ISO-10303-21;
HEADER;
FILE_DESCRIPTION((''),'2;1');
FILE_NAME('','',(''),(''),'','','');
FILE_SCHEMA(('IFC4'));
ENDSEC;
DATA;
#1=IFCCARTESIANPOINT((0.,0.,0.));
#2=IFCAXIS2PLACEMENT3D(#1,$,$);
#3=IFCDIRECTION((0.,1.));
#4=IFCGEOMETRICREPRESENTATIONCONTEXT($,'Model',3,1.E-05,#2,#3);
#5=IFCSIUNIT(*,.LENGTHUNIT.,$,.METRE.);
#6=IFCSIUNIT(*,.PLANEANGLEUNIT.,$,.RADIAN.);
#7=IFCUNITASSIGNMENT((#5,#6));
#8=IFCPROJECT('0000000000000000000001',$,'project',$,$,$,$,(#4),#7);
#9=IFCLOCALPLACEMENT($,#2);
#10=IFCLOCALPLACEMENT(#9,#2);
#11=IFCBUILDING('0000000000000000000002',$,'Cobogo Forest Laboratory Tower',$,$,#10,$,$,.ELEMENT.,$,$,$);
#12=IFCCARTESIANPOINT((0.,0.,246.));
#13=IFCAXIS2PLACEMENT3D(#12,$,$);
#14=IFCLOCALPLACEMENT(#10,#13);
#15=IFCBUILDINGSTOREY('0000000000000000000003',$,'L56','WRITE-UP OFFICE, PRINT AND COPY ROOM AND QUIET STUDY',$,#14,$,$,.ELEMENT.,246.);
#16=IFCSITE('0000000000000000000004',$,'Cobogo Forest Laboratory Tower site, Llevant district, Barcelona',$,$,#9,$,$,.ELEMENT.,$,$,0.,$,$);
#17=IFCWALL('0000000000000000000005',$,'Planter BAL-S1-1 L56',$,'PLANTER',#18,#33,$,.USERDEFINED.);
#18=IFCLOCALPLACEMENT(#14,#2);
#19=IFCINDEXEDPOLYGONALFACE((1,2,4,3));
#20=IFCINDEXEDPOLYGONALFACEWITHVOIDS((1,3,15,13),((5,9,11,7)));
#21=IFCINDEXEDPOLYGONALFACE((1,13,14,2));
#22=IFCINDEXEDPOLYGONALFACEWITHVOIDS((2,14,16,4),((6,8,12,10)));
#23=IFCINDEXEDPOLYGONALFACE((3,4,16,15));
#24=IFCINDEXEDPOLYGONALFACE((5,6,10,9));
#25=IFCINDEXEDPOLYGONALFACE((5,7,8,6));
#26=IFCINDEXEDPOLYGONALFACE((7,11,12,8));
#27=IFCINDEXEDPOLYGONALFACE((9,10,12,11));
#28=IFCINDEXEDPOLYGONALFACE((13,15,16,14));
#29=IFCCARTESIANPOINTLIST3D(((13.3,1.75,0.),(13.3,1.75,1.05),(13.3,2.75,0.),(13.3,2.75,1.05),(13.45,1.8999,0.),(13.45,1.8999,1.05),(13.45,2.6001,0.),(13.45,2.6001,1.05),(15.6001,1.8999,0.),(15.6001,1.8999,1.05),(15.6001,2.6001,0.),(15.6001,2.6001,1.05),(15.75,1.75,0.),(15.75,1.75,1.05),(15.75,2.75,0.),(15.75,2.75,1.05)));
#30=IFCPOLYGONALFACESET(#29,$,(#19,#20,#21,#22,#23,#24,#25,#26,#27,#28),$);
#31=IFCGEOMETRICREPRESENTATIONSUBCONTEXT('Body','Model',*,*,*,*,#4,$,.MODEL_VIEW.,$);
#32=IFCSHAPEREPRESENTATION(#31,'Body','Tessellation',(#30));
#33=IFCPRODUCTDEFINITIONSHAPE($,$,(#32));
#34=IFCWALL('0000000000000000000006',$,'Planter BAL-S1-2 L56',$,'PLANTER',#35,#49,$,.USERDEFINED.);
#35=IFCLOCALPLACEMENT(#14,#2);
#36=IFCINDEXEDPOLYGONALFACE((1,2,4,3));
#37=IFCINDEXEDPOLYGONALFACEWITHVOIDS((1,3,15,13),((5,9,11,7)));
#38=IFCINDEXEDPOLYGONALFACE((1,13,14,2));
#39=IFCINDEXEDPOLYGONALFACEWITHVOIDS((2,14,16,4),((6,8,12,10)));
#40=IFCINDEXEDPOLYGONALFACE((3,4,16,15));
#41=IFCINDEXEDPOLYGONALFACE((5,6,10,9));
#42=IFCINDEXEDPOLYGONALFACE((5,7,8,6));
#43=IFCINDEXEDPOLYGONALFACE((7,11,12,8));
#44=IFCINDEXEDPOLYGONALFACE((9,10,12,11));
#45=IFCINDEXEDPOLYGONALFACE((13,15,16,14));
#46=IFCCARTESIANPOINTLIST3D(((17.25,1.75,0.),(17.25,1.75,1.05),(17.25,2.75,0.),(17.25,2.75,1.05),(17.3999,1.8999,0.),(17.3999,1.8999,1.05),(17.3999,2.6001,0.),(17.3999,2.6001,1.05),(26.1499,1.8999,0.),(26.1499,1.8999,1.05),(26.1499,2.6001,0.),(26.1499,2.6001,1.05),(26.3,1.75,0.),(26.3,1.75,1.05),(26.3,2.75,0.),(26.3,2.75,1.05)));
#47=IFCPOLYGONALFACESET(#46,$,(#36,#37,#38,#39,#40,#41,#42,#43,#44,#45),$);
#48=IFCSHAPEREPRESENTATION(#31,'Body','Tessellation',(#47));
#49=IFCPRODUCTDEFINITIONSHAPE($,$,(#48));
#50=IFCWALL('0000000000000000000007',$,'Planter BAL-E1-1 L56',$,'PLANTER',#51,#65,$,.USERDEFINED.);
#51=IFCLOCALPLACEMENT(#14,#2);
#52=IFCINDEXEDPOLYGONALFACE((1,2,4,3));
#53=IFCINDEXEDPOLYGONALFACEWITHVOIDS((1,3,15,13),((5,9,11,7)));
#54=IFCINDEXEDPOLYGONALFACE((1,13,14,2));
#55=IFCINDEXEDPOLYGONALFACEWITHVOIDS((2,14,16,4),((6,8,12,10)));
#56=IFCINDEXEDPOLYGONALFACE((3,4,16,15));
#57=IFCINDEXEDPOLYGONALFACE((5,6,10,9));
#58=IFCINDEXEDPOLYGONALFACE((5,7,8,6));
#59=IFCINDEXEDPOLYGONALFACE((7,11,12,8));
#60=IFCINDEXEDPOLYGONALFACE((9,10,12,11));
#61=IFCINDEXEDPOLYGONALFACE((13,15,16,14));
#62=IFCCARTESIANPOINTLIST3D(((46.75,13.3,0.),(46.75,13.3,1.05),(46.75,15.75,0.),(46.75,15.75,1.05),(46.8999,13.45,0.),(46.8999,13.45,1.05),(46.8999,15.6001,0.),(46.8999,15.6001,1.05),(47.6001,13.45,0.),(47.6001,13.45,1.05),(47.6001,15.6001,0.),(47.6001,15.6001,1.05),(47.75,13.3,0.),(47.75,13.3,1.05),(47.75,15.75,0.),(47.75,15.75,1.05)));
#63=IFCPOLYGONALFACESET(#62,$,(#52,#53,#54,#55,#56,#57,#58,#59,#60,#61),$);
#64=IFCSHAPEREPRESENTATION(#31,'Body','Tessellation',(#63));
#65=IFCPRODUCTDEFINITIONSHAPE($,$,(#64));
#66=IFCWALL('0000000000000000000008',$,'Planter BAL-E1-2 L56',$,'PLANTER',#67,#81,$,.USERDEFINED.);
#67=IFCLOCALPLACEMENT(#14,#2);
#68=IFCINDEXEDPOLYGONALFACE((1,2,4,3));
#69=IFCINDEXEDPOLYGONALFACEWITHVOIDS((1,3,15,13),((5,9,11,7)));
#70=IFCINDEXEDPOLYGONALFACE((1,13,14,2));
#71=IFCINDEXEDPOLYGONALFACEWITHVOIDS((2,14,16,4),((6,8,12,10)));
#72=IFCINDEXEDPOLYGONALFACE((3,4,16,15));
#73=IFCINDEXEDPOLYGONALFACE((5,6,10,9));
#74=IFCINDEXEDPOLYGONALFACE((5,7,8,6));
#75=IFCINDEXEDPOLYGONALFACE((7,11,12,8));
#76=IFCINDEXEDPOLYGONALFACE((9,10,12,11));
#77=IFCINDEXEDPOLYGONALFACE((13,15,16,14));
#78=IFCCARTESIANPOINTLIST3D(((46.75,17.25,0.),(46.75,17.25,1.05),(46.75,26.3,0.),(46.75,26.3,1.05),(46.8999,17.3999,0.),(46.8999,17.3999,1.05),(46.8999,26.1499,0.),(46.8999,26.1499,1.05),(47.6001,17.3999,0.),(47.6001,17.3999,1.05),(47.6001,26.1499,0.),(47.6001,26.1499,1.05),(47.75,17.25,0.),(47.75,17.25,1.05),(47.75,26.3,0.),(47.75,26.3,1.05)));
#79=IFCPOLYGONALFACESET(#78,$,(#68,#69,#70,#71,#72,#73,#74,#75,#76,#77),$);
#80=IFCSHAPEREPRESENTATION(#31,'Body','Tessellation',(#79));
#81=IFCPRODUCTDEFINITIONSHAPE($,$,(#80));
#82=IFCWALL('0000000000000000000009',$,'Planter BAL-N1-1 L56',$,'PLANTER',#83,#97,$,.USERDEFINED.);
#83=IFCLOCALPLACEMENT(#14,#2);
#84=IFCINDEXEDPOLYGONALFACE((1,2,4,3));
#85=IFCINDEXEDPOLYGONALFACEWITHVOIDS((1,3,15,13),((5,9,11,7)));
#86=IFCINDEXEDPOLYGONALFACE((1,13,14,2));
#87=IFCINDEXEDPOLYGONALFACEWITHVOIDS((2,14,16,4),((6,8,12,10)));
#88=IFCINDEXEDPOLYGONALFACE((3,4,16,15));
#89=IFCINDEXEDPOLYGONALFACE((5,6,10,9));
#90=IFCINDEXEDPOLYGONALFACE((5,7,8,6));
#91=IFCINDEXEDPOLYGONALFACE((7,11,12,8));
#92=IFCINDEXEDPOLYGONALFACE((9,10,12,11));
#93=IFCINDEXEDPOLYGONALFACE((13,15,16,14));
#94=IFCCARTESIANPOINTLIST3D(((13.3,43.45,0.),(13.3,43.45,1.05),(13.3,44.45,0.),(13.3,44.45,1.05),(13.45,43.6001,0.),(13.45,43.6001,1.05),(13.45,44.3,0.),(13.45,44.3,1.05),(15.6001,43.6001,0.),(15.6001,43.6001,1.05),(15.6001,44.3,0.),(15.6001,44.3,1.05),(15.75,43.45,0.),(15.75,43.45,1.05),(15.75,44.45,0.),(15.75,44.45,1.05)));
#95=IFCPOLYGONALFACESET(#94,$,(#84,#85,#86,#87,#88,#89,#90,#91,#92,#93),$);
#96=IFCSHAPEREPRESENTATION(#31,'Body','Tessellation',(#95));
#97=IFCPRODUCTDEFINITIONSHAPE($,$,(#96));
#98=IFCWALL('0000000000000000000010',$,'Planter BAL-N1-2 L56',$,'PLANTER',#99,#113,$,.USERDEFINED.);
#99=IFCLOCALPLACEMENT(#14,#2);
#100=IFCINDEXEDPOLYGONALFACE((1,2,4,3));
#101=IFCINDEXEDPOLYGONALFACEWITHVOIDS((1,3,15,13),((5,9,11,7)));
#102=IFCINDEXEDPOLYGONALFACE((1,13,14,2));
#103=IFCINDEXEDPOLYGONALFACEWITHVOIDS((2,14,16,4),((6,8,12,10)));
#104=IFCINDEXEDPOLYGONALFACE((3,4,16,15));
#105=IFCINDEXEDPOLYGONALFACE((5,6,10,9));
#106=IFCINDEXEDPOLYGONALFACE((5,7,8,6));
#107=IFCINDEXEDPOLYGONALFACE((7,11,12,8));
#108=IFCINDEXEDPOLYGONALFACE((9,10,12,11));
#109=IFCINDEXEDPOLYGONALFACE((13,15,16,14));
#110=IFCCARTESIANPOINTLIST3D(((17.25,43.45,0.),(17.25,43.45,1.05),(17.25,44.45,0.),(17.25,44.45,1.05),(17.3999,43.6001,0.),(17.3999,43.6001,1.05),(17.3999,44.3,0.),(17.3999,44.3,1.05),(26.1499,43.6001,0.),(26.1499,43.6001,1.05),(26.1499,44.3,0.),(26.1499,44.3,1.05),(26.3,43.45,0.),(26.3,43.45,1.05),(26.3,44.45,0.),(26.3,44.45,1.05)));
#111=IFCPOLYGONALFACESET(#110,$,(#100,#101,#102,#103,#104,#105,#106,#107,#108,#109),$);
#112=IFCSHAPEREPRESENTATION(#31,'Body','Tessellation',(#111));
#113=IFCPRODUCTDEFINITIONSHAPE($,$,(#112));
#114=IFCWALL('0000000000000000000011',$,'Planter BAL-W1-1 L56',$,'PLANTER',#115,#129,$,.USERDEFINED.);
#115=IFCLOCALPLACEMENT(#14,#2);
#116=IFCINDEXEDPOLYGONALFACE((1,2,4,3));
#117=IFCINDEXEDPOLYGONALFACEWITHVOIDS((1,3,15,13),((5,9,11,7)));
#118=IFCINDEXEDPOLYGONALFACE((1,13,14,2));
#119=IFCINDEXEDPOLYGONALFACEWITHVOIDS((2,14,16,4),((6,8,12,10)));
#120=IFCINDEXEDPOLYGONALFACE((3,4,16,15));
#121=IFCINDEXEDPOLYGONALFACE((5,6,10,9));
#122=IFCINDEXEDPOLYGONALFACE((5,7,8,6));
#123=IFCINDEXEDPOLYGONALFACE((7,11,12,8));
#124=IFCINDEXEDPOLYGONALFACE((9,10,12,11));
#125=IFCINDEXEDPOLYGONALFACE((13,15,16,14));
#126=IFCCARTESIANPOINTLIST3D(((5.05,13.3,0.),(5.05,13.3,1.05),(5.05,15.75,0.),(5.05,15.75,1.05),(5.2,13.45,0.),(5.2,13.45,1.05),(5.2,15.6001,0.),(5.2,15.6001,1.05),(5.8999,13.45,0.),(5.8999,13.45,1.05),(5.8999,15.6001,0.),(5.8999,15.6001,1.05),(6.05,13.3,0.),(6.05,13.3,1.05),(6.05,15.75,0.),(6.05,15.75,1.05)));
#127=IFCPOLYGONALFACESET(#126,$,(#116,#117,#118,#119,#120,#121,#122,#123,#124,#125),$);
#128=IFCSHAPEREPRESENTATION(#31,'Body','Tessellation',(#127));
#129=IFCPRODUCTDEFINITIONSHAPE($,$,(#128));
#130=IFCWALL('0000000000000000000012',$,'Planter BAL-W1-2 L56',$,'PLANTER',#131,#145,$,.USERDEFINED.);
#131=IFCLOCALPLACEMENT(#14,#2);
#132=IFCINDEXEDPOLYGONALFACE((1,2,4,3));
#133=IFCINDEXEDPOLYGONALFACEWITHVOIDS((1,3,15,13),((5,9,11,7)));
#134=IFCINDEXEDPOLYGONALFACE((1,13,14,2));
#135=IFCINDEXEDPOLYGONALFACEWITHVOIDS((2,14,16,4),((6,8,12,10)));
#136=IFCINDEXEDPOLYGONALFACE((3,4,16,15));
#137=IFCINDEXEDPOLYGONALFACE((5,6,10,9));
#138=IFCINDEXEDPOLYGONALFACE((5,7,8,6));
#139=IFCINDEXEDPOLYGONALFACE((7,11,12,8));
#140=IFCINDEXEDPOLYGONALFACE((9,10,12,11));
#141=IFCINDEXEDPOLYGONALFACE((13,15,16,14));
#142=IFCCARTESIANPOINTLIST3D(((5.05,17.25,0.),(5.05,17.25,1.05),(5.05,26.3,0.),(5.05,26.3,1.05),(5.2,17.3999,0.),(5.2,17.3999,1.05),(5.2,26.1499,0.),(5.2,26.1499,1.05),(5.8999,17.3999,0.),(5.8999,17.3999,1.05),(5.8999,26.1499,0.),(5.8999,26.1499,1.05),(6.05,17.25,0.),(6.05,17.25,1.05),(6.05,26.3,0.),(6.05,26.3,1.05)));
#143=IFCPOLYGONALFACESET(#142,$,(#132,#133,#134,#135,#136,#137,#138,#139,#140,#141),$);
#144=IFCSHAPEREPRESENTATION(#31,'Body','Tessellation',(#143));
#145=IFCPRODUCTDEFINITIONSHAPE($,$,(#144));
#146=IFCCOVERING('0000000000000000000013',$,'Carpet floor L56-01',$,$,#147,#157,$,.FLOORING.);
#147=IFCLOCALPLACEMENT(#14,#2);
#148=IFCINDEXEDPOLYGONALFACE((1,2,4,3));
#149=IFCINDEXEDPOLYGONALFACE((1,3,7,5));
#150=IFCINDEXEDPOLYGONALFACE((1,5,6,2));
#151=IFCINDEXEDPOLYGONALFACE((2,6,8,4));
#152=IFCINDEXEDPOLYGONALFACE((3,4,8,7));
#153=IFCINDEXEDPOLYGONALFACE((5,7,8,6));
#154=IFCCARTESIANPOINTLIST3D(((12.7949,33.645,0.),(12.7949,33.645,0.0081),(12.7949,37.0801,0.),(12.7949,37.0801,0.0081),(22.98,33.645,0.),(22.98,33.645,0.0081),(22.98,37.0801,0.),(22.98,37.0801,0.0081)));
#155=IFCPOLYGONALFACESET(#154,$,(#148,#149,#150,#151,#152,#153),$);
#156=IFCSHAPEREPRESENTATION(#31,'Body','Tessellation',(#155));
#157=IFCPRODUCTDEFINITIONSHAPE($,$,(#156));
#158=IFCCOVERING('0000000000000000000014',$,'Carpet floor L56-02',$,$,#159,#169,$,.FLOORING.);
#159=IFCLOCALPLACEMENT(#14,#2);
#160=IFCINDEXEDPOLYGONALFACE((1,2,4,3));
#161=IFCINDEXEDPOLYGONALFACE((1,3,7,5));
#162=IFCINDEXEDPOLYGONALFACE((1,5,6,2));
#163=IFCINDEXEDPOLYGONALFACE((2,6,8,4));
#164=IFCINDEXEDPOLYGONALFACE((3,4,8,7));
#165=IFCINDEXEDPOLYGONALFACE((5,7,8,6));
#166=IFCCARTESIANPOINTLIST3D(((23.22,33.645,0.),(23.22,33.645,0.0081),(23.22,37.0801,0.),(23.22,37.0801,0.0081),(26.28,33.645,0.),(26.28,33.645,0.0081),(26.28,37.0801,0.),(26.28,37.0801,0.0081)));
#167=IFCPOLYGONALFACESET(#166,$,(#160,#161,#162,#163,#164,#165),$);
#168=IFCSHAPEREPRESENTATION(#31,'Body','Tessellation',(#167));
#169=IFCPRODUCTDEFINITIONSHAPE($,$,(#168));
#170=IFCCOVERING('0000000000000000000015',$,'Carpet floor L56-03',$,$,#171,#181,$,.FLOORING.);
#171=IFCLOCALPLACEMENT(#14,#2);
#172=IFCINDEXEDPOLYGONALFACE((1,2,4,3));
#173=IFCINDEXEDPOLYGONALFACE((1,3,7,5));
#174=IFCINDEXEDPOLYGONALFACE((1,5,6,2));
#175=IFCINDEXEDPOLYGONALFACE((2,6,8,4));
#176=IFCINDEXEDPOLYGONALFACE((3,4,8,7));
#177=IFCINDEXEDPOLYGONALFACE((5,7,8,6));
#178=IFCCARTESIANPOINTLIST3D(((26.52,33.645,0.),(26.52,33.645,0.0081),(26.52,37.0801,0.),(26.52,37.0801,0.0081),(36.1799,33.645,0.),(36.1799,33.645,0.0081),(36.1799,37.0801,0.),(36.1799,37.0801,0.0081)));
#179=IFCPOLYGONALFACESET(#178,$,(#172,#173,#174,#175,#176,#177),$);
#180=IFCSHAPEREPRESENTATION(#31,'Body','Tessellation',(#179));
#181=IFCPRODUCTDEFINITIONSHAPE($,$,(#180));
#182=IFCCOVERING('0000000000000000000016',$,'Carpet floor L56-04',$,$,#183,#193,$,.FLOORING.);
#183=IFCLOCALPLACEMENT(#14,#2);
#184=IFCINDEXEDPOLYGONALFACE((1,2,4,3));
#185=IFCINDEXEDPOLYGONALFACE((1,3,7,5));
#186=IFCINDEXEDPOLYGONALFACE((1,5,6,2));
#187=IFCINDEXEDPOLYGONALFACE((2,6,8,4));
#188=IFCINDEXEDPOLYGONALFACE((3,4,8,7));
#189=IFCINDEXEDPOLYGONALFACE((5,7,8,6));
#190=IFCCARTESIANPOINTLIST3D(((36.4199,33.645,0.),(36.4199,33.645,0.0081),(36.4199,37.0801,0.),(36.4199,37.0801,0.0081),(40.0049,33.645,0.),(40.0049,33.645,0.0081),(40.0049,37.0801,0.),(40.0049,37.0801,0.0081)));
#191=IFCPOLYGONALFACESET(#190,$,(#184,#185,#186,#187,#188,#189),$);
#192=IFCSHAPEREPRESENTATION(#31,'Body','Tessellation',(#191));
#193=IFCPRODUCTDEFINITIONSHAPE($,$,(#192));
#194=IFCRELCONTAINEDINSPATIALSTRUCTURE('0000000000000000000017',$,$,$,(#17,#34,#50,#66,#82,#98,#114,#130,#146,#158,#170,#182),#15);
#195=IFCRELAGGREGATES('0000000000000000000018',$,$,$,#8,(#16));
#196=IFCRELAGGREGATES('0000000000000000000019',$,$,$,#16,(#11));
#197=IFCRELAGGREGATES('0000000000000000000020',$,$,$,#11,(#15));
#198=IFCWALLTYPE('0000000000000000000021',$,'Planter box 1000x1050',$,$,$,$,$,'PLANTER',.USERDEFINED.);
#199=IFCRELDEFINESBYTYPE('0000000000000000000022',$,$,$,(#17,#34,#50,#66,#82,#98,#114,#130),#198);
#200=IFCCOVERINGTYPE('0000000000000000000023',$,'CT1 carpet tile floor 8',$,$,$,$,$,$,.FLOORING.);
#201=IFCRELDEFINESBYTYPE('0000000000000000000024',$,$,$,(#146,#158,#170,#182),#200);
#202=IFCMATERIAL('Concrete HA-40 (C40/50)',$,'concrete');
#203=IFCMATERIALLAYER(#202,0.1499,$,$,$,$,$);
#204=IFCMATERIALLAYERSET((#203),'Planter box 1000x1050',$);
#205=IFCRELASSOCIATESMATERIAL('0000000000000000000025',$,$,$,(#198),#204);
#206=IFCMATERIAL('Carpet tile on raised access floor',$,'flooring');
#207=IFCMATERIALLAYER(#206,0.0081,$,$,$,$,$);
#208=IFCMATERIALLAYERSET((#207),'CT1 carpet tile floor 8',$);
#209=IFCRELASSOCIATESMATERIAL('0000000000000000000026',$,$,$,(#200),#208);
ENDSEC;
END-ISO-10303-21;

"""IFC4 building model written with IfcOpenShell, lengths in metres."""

from ifc_helpers import new_model, si_unit, direction, frame, origin, place, context, subcontext, project, spatial, polyline, outline, extrude, material, layer, layer_set, type_object, element, save


model = new_model("IFC4")

# Units and contexts
model_context = context("Model", 3, precision=1e-05, world=origin(), true_north=direction((0.0, 1.0)))
body_context = subcontext(model_context, "Body", "Model", "MODEL_VIEW")
ifc_project = project(units=[si_unit("LENGTHUNIT", "METRE"), si_unit("PLANEANGLEUNIT", "RADIAN")], contexts=[model_context])

# Site, building, storey
site_placement = place(None, origin())
site = spatial("IfcSite", under=ifc_project, at=site_placement, Name="Cobogo Forest Laboratory Tower site, Llevant district, Barcelona", CompositionType="ELEMENT", RefElevation=0.0)
building_placement = place(site_placement, origin())
building = spatial("IfcBuilding", under=site, at=building_placement, Name="Cobogo Forest Laboratory Tower", CompositionType="ELEMENT")
storey_placement = place(building_placement, frame((0.0, 0.0, 246.0)))
storey = spatial("IfcBuildingStorey", under=building, at=storey_placement, Name="L56", Description="WRITE-UP OFFICE, PRINT AND COPY ROOM AND QUIET STUDY", CompositionType="ELEMENT", Elevation=246.0)

# Shared definitions
ifc_material_1 = material(Name="Concrete HA-40 (C40/50)", Category="concrete")

# Walls
ifc_layer_1 = layer(ifc_material_1, 0.1499)
ifc_layer_set_1 = layer_set([ifc_layer_1], Name="Planter box 1000x1050")
wall_type = type_object("IfcWallType", Name="Planter box 1000x1050", ElementType="PLANTER", PredefinedType="USERDEFINED", material=ifc_layer_set_1)
wall_1_placement = place(storey_placement, origin())
element("IfcWall", 1, at=wall_1_placement, inside=storey, type_object=wall_type, Name="Planter BAL-S1-1 L56", ObjectType="PLANTER", PredefinedType="USERDEFINED", context=body_context, shape_type="SweptSolid", body=[
    extrude(outline(polyline([(13.3, 1.75), (15.75, 1.75), (15.75, 2.75), (13.3, 2.75), (13.3, 1.75)]), holes=[polyline([(13.45, 1.8999), (15.6001, 1.8999), (15.6001, 2.6001), (13.45, 2.6001), (13.45, 1.8999)])]), origin(), (0.0, 0.0, 1.0), 1.05),
])
wall_2_placement = place(storey_placement, origin())
element("IfcWall", 2, at=wall_2_placement, inside=storey, type_object=wall_type, Name="Planter BAL-S1-2 L56", ObjectType="PLANTER", PredefinedType="USERDEFINED", context=body_context, shape_type="SweptSolid", body=[
    extrude(outline(polyline([(17.25, 1.75), (26.3, 1.75), (26.3, 2.75), (17.25, 2.75), (17.25, 1.75)]), holes=[polyline([(17.3999, 1.8999), (26.1499, 1.8999), (26.1499, 2.6001), (17.3999, 2.6001), (17.3999, 1.8999)])]), origin(), (0.0, 0.0, 1.0), 1.05),
])
wall_3_placement = place(storey_placement, origin())
element("IfcWall", 3, at=wall_3_placement, inside=storey, type_object=wall_type, Name="Planter BAL-E1-1 L56", ObjectType="PLANTER", PredefinedType="USERDEFINED", context=body_context, shape_type="SweptSolid", body=[
    extrude(outline(polyline([(46.75, 13.3), (47.75, 13.3), (47.75, 15.75), (46.75, 15.75), (46.75, 13.3)]), holes=[polyline([(46.8999, 13.45), (47.6001, 13.45), (47.6001, 15.6001), (46.8999, 15.6001), (46.8999, 13.45)])]), origin(), (0.0, 0.0, 1.0), 1.05),
])
wall_4_placement = place(storey_placement, origin())
element("IfcWall", 4, at=wall_4_placement, inside=storey, type_object=wall_type, Name="Planter BAL-E1-2 L56", ObjectType="PLANTER", PredefinedType="USERDEFINED", context=body_context, shape_type="SweptSolid", body=[
    extrude(outline(polyline([(46.75, 17.25), (47.75, 17.25), (47.75, 26.3), (46.75, 26.3), (46.75, 17.25)]), holes=[polyline([(46.8999, 17.3999), (47.6001, 17.3999), (47.6001, 26.1499), (46.8999, 26.1499), (46.8999, 17.3999)])]), origin(), (0.0, 0.0, 1.0), 1.05),
])
wall_5_placement = place(storey_placement, origin())
element("IfcWall", 5, at=wall_5_placement, inside=storey, type_object=wall_type, Name="Planter BAL-N1-1 L56", ObjectType="PLANTER", PredefinedType="USERDEFINED", context=body_context, shape_type="SweptSolid", body=[
    extrude(outline(polyline([(13.3, 43.45), (15.75, 43.45), (15.75, 44.45), (13.3, 44.45), (13.3, 43.45)]), holes=[polyline([(13.45, 43.6001), (15.6001, 43.6001), (15.6001, 44.3), (13.45, 44.3), (13.45, 43.6001)])]), origin(), (0.0, 0.0, 1.0), 1.05),
])
wall_6_placement = place(storey_placement, origin())
element("IfcWall", 6, at=wall_6_placement, inside=storey, type_object=wall_type, Name="Planter BAL-N1-2 L56", ObjectType="PLANTER", PredefinedType="USERDEFINED", context=body_context, shape_type="SweptSolid", body=[
    extrude(outline(polyline([(17.25, 43.45), (26.3, 43.45), (26.3, 44.45), (17.25, 44.45), (17.25, 43.45)]), holes=[polyline([(17.3999, 43.6001), (26.1499, 43.6001), (26.1499, 44.3), (17.3999, 44.3), (17.3999, 43.6001)])]), origin(), (0.0, 0.0, 1.0), 1.05),
])
wall_7_placement = place(storey_placement, origin())
element("IfcWall", 7, at=wall_7_placement, inside=storey, type_object=wall_type, Name="Planter BAL-W1-1 L56", ObjectType="PLANTER", PredefinedType="USERDEFINED", context=body_context, shape_type="SweptSolid", body=[
    extrude(outline(polyline([(5.05, 13.3), (6.05, 13.3), (6.05, 15.75), (5.05, 15.75), (5.05, 13.3)]), holes=[polyline([(5.2, 13.45), (5.8999, 13.45), (5.8999, 15.6001), (5.2, 15.6001), (5.2, 13.45)])]), origin(), (0.0, 0.0, 1.0), 1.05),
])
wall_8_placement = place(storey_placement, origin())
element("IfcWall", 8, at=wall_8_placement, inside=storey, type_object=wall_type, Name="Planter BAL-W1-2 L56", ObjectType="PLANTER", PredefinedType="USERDEFINED", context=body_context, shape_type="SweptSolid", body=[
    extrude(outline(polyline([(5.05, 17.25), (6.05, 17.25), (6.05, 26.3), (5.05, 26.3), (5.05, 17.25)]), holes=[polyline([(5.2, 17.3999), (5.8999, 17.3999), (5.8999, 26.1499), (5.2, 26.1499), (5.2, 17.3999)])]), origin(), (0.0, 0.0, 1.0), 1.05),
])

# Coverings
ifc_material_2 = material(Name="Carpet tile on raised access floor", Category="flooring")
ifc_layer_2 = layer(ifc_material_2, 0.0081)
ifc_layer_set_2 = layer_set([ifc_layer_2], Name="CT1 carpet tile floor 8")
covering_type_1 = type_object("IfcCoveringType", Name="CT1 carpet tile floor 8", PredefinedType="FLOORING", material=ifc_layer_set_2)
covering_1_placement = place(storey_placement, origin())
element("IfcCovering", 9, at=covering_1_placement, inside=storey, type_object=covering_type_1, Name="Carpet floor L56-01", PredefinedType="FLOORING", context=body_context, shape_type="SweptSolid", body=[
    extrude(outline(polyline([(22.98, 33.645), (12.7949, 33.645), (12.7949, 37.0801), (22.98, 37.0801), (22.98, 33.645)])), origin(), (0.0, 0.0, 1.0), 0.0081),
])
covering_2_placement = place(storey_placement, origin())
element("IfcCovering", 10, at=covering_2_placement, inside=storey, type_object=covering_type_1, Name="Carpet floor L56-02", PredefinedType="FLOORING", context=body_context, shape_type="SweptSolid", body=[
    extrude(outline(polyline([(26.28, 33.645), (23.22, 33.645), (23.22, 37.0801), (26.28, 37.0801), (26.28, 33.645)])), origin(), (0.0, 0.0, 1.0), 0.0081),
])
covering_3_placement = place(storey_placement, origin())
element("IfcCovering", 11, at=covering_3_placement, inside=storey, type_object=covering_type_1, Name="Carpet floor L56-03", PredefinedType="FLOORING", context=body_context, shape_type="SweptSolid", body=[
    extrude(outline(polyline([(36.1799, 33.645), (26.52, 33.645), (26.52, 37.0801), (36.1799, 37.0801), (36.1799, 33.645)])), origin(), (0.0, 0.0, 1.0), 0.0081),
])
covering_4_placement = place(storey_placement, origin())
element("IfcCovering", 12, at=covering_4_placement, inside=storey, type_object=covering_type_1, Name="Carpet floor L56-04", PredefinedType="FLOORING", context=body_context, shape_type="SweptSolid", body=[
    extrude(outline(polyline([(40.0049, 33.645), (36.4199, 33.645), (36.4199, 37.0801), (40.0049, 37.0801), (40.0049, 33.645)])), origin(), (0.0, 0.0, 1.0), 0.0081),
])

save(model, "model.ifc")
